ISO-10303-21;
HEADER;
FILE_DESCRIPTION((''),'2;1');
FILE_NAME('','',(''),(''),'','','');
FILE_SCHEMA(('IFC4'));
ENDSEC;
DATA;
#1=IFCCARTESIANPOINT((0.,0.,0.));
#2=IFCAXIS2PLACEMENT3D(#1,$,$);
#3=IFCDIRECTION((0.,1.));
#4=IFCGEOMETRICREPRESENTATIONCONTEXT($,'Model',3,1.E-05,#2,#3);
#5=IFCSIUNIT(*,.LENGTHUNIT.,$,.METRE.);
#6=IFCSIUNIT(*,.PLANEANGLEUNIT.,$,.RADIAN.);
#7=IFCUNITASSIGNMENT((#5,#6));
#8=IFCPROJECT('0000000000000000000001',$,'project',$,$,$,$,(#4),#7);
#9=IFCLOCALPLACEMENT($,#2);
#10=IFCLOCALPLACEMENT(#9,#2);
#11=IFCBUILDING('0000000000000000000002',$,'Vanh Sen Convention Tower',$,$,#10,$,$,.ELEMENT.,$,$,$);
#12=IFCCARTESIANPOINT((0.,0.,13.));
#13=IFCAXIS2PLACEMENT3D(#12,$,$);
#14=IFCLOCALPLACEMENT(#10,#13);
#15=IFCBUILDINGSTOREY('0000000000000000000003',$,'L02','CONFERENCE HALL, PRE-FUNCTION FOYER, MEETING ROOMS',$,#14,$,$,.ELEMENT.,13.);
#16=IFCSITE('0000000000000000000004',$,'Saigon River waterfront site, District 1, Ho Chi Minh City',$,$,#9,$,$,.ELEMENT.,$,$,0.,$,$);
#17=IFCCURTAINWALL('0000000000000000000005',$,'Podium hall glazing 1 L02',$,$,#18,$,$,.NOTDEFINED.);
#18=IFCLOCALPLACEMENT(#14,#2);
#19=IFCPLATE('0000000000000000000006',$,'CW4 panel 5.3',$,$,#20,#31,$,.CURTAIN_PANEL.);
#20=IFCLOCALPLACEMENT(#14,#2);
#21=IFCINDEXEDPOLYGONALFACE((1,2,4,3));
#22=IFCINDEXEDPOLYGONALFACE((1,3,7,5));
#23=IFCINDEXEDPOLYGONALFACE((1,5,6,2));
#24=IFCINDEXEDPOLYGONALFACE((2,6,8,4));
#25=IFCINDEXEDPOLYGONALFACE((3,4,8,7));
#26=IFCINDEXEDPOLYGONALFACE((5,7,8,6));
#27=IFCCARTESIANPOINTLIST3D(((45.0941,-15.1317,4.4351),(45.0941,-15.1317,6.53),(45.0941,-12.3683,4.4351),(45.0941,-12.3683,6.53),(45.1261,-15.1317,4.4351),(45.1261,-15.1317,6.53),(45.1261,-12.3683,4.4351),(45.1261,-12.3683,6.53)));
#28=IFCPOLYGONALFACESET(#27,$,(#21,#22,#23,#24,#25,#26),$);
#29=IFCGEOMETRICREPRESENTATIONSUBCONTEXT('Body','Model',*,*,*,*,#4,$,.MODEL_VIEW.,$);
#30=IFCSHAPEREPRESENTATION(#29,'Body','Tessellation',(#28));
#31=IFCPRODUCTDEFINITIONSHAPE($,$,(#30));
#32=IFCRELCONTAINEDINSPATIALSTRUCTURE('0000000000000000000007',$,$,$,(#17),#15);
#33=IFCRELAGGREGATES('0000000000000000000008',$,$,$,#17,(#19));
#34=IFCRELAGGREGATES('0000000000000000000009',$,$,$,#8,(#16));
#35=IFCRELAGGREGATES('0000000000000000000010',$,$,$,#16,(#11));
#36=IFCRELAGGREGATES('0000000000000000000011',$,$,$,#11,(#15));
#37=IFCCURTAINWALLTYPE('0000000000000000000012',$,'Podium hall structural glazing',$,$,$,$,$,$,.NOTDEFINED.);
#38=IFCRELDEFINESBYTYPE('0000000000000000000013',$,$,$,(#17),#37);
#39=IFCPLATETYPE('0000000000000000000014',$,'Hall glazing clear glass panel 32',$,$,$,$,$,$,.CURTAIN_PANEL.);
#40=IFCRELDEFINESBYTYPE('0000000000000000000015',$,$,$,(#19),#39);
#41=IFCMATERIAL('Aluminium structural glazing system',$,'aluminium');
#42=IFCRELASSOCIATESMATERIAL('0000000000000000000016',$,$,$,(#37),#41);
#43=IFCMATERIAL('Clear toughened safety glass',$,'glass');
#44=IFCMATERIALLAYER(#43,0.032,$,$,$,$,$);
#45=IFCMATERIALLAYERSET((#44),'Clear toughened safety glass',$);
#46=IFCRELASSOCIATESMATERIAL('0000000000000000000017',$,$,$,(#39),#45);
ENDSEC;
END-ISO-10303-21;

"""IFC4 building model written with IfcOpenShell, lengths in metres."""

from ifc_helpers import new_model, si_unit, direction, frame, origin, origin_2d, place, context, subcontext, project, spatial, rectangle, extrude, material, layer, layer_set, type_object, element, aggregate, save


model = new_model("IFC4")

# Units and contexts
model_context = context("Model", 3, precision=1e-05, world=origin(), true_north=direction((0.0, 1.0)))
body_context = subcontext(model_context, "Body", "Model", "MODEL_VIEW")
ifc_project = project(units=[si_unit("LENGTHUNIT", "METRE"), si_unit("PLANEANGLEUNIT", "RADIAN")], contexts=[model_context])

# Site, building, storey
site_placement = place(None, origin())
site = spatial("IfcSite", under=ifc_project, at=site_placement, Name="Saigon River waterfront site, District 1, Ho Chi Minh City", CompositionType="ELEMENT", RefElevation=0.0)
building_placement = place(site_placement, origin())
building = spatial("IfcBuilding", under=site, at=building_placement, Name="Vanh Sen Convention Tower", CompositionType="ELEMENT")
storey_placement = place(building_placement, frame((0.0, 0.0, 13.0)))
storey = spatial("IfcBuildingStorey", under=building, at=storey_placement, Name="L02", Description="CONFERENCE HALL, PRE-FUNCTION FOYER, MEETING ROOMS", CompositionType="ELEMENT", Elevation=13.0)

# Curtain wall, plate
ifc_material_1 = material(Name="Aluminium structural glazing system", Category="aluminium")
curtain_wall_type = type_object("IfcCurtainWallType", Name="Podium hall structural glazing", PredefinedType="NOTDEFINED", material=ifc_material_1)
curtain_wall_placement = place(storey_placement, origin())
curtain_wall = element("IfcCurtainWall", 1, at=curtain_wall_placement, inside=storey, type_object=curtain_wall_type, Name="Podium hall glazing 1 L02", PredefinedType="NOTDEFINED")
ifc_material_2 = material(Name="Clear toughened safety glass", Category="glass")
ifc_layer = layer(ifc_material_2, 0.032)
ifc_layer_set = layer_set([ifc_layer], Name="Clear toughened safety glass")
plate_type = type_object("IfcPlateType", Name="Hall glazing clear glass panel 32", PredefinedType="CURTAIN_PANEL", material=ifc_layer_set)
plate_1_placement = place(storey_placement, frame((45.1101, -13.75, 4.4351), z_axis=(0.0, 0.0, 1.0), x_axis=(0.0, 1.0, 0.0)))
plate_1 = element("IfcPlate", 2, at=plate_1_placement, type_object=plate_type, Name="CW4 panel 5.3", PredefinedType="CURTAIN_PANEL", context=body_context, shape_type="SweptSolid", body=[
    extrude(rectangle(XDim=2.7634, YDim=0.032, at=origin_2d()), origin(), (0.0, 0.0, 1.0), 2.095),
])
aggregate(curtain_wall, [plate_1])

save(model, "model.ifc")
